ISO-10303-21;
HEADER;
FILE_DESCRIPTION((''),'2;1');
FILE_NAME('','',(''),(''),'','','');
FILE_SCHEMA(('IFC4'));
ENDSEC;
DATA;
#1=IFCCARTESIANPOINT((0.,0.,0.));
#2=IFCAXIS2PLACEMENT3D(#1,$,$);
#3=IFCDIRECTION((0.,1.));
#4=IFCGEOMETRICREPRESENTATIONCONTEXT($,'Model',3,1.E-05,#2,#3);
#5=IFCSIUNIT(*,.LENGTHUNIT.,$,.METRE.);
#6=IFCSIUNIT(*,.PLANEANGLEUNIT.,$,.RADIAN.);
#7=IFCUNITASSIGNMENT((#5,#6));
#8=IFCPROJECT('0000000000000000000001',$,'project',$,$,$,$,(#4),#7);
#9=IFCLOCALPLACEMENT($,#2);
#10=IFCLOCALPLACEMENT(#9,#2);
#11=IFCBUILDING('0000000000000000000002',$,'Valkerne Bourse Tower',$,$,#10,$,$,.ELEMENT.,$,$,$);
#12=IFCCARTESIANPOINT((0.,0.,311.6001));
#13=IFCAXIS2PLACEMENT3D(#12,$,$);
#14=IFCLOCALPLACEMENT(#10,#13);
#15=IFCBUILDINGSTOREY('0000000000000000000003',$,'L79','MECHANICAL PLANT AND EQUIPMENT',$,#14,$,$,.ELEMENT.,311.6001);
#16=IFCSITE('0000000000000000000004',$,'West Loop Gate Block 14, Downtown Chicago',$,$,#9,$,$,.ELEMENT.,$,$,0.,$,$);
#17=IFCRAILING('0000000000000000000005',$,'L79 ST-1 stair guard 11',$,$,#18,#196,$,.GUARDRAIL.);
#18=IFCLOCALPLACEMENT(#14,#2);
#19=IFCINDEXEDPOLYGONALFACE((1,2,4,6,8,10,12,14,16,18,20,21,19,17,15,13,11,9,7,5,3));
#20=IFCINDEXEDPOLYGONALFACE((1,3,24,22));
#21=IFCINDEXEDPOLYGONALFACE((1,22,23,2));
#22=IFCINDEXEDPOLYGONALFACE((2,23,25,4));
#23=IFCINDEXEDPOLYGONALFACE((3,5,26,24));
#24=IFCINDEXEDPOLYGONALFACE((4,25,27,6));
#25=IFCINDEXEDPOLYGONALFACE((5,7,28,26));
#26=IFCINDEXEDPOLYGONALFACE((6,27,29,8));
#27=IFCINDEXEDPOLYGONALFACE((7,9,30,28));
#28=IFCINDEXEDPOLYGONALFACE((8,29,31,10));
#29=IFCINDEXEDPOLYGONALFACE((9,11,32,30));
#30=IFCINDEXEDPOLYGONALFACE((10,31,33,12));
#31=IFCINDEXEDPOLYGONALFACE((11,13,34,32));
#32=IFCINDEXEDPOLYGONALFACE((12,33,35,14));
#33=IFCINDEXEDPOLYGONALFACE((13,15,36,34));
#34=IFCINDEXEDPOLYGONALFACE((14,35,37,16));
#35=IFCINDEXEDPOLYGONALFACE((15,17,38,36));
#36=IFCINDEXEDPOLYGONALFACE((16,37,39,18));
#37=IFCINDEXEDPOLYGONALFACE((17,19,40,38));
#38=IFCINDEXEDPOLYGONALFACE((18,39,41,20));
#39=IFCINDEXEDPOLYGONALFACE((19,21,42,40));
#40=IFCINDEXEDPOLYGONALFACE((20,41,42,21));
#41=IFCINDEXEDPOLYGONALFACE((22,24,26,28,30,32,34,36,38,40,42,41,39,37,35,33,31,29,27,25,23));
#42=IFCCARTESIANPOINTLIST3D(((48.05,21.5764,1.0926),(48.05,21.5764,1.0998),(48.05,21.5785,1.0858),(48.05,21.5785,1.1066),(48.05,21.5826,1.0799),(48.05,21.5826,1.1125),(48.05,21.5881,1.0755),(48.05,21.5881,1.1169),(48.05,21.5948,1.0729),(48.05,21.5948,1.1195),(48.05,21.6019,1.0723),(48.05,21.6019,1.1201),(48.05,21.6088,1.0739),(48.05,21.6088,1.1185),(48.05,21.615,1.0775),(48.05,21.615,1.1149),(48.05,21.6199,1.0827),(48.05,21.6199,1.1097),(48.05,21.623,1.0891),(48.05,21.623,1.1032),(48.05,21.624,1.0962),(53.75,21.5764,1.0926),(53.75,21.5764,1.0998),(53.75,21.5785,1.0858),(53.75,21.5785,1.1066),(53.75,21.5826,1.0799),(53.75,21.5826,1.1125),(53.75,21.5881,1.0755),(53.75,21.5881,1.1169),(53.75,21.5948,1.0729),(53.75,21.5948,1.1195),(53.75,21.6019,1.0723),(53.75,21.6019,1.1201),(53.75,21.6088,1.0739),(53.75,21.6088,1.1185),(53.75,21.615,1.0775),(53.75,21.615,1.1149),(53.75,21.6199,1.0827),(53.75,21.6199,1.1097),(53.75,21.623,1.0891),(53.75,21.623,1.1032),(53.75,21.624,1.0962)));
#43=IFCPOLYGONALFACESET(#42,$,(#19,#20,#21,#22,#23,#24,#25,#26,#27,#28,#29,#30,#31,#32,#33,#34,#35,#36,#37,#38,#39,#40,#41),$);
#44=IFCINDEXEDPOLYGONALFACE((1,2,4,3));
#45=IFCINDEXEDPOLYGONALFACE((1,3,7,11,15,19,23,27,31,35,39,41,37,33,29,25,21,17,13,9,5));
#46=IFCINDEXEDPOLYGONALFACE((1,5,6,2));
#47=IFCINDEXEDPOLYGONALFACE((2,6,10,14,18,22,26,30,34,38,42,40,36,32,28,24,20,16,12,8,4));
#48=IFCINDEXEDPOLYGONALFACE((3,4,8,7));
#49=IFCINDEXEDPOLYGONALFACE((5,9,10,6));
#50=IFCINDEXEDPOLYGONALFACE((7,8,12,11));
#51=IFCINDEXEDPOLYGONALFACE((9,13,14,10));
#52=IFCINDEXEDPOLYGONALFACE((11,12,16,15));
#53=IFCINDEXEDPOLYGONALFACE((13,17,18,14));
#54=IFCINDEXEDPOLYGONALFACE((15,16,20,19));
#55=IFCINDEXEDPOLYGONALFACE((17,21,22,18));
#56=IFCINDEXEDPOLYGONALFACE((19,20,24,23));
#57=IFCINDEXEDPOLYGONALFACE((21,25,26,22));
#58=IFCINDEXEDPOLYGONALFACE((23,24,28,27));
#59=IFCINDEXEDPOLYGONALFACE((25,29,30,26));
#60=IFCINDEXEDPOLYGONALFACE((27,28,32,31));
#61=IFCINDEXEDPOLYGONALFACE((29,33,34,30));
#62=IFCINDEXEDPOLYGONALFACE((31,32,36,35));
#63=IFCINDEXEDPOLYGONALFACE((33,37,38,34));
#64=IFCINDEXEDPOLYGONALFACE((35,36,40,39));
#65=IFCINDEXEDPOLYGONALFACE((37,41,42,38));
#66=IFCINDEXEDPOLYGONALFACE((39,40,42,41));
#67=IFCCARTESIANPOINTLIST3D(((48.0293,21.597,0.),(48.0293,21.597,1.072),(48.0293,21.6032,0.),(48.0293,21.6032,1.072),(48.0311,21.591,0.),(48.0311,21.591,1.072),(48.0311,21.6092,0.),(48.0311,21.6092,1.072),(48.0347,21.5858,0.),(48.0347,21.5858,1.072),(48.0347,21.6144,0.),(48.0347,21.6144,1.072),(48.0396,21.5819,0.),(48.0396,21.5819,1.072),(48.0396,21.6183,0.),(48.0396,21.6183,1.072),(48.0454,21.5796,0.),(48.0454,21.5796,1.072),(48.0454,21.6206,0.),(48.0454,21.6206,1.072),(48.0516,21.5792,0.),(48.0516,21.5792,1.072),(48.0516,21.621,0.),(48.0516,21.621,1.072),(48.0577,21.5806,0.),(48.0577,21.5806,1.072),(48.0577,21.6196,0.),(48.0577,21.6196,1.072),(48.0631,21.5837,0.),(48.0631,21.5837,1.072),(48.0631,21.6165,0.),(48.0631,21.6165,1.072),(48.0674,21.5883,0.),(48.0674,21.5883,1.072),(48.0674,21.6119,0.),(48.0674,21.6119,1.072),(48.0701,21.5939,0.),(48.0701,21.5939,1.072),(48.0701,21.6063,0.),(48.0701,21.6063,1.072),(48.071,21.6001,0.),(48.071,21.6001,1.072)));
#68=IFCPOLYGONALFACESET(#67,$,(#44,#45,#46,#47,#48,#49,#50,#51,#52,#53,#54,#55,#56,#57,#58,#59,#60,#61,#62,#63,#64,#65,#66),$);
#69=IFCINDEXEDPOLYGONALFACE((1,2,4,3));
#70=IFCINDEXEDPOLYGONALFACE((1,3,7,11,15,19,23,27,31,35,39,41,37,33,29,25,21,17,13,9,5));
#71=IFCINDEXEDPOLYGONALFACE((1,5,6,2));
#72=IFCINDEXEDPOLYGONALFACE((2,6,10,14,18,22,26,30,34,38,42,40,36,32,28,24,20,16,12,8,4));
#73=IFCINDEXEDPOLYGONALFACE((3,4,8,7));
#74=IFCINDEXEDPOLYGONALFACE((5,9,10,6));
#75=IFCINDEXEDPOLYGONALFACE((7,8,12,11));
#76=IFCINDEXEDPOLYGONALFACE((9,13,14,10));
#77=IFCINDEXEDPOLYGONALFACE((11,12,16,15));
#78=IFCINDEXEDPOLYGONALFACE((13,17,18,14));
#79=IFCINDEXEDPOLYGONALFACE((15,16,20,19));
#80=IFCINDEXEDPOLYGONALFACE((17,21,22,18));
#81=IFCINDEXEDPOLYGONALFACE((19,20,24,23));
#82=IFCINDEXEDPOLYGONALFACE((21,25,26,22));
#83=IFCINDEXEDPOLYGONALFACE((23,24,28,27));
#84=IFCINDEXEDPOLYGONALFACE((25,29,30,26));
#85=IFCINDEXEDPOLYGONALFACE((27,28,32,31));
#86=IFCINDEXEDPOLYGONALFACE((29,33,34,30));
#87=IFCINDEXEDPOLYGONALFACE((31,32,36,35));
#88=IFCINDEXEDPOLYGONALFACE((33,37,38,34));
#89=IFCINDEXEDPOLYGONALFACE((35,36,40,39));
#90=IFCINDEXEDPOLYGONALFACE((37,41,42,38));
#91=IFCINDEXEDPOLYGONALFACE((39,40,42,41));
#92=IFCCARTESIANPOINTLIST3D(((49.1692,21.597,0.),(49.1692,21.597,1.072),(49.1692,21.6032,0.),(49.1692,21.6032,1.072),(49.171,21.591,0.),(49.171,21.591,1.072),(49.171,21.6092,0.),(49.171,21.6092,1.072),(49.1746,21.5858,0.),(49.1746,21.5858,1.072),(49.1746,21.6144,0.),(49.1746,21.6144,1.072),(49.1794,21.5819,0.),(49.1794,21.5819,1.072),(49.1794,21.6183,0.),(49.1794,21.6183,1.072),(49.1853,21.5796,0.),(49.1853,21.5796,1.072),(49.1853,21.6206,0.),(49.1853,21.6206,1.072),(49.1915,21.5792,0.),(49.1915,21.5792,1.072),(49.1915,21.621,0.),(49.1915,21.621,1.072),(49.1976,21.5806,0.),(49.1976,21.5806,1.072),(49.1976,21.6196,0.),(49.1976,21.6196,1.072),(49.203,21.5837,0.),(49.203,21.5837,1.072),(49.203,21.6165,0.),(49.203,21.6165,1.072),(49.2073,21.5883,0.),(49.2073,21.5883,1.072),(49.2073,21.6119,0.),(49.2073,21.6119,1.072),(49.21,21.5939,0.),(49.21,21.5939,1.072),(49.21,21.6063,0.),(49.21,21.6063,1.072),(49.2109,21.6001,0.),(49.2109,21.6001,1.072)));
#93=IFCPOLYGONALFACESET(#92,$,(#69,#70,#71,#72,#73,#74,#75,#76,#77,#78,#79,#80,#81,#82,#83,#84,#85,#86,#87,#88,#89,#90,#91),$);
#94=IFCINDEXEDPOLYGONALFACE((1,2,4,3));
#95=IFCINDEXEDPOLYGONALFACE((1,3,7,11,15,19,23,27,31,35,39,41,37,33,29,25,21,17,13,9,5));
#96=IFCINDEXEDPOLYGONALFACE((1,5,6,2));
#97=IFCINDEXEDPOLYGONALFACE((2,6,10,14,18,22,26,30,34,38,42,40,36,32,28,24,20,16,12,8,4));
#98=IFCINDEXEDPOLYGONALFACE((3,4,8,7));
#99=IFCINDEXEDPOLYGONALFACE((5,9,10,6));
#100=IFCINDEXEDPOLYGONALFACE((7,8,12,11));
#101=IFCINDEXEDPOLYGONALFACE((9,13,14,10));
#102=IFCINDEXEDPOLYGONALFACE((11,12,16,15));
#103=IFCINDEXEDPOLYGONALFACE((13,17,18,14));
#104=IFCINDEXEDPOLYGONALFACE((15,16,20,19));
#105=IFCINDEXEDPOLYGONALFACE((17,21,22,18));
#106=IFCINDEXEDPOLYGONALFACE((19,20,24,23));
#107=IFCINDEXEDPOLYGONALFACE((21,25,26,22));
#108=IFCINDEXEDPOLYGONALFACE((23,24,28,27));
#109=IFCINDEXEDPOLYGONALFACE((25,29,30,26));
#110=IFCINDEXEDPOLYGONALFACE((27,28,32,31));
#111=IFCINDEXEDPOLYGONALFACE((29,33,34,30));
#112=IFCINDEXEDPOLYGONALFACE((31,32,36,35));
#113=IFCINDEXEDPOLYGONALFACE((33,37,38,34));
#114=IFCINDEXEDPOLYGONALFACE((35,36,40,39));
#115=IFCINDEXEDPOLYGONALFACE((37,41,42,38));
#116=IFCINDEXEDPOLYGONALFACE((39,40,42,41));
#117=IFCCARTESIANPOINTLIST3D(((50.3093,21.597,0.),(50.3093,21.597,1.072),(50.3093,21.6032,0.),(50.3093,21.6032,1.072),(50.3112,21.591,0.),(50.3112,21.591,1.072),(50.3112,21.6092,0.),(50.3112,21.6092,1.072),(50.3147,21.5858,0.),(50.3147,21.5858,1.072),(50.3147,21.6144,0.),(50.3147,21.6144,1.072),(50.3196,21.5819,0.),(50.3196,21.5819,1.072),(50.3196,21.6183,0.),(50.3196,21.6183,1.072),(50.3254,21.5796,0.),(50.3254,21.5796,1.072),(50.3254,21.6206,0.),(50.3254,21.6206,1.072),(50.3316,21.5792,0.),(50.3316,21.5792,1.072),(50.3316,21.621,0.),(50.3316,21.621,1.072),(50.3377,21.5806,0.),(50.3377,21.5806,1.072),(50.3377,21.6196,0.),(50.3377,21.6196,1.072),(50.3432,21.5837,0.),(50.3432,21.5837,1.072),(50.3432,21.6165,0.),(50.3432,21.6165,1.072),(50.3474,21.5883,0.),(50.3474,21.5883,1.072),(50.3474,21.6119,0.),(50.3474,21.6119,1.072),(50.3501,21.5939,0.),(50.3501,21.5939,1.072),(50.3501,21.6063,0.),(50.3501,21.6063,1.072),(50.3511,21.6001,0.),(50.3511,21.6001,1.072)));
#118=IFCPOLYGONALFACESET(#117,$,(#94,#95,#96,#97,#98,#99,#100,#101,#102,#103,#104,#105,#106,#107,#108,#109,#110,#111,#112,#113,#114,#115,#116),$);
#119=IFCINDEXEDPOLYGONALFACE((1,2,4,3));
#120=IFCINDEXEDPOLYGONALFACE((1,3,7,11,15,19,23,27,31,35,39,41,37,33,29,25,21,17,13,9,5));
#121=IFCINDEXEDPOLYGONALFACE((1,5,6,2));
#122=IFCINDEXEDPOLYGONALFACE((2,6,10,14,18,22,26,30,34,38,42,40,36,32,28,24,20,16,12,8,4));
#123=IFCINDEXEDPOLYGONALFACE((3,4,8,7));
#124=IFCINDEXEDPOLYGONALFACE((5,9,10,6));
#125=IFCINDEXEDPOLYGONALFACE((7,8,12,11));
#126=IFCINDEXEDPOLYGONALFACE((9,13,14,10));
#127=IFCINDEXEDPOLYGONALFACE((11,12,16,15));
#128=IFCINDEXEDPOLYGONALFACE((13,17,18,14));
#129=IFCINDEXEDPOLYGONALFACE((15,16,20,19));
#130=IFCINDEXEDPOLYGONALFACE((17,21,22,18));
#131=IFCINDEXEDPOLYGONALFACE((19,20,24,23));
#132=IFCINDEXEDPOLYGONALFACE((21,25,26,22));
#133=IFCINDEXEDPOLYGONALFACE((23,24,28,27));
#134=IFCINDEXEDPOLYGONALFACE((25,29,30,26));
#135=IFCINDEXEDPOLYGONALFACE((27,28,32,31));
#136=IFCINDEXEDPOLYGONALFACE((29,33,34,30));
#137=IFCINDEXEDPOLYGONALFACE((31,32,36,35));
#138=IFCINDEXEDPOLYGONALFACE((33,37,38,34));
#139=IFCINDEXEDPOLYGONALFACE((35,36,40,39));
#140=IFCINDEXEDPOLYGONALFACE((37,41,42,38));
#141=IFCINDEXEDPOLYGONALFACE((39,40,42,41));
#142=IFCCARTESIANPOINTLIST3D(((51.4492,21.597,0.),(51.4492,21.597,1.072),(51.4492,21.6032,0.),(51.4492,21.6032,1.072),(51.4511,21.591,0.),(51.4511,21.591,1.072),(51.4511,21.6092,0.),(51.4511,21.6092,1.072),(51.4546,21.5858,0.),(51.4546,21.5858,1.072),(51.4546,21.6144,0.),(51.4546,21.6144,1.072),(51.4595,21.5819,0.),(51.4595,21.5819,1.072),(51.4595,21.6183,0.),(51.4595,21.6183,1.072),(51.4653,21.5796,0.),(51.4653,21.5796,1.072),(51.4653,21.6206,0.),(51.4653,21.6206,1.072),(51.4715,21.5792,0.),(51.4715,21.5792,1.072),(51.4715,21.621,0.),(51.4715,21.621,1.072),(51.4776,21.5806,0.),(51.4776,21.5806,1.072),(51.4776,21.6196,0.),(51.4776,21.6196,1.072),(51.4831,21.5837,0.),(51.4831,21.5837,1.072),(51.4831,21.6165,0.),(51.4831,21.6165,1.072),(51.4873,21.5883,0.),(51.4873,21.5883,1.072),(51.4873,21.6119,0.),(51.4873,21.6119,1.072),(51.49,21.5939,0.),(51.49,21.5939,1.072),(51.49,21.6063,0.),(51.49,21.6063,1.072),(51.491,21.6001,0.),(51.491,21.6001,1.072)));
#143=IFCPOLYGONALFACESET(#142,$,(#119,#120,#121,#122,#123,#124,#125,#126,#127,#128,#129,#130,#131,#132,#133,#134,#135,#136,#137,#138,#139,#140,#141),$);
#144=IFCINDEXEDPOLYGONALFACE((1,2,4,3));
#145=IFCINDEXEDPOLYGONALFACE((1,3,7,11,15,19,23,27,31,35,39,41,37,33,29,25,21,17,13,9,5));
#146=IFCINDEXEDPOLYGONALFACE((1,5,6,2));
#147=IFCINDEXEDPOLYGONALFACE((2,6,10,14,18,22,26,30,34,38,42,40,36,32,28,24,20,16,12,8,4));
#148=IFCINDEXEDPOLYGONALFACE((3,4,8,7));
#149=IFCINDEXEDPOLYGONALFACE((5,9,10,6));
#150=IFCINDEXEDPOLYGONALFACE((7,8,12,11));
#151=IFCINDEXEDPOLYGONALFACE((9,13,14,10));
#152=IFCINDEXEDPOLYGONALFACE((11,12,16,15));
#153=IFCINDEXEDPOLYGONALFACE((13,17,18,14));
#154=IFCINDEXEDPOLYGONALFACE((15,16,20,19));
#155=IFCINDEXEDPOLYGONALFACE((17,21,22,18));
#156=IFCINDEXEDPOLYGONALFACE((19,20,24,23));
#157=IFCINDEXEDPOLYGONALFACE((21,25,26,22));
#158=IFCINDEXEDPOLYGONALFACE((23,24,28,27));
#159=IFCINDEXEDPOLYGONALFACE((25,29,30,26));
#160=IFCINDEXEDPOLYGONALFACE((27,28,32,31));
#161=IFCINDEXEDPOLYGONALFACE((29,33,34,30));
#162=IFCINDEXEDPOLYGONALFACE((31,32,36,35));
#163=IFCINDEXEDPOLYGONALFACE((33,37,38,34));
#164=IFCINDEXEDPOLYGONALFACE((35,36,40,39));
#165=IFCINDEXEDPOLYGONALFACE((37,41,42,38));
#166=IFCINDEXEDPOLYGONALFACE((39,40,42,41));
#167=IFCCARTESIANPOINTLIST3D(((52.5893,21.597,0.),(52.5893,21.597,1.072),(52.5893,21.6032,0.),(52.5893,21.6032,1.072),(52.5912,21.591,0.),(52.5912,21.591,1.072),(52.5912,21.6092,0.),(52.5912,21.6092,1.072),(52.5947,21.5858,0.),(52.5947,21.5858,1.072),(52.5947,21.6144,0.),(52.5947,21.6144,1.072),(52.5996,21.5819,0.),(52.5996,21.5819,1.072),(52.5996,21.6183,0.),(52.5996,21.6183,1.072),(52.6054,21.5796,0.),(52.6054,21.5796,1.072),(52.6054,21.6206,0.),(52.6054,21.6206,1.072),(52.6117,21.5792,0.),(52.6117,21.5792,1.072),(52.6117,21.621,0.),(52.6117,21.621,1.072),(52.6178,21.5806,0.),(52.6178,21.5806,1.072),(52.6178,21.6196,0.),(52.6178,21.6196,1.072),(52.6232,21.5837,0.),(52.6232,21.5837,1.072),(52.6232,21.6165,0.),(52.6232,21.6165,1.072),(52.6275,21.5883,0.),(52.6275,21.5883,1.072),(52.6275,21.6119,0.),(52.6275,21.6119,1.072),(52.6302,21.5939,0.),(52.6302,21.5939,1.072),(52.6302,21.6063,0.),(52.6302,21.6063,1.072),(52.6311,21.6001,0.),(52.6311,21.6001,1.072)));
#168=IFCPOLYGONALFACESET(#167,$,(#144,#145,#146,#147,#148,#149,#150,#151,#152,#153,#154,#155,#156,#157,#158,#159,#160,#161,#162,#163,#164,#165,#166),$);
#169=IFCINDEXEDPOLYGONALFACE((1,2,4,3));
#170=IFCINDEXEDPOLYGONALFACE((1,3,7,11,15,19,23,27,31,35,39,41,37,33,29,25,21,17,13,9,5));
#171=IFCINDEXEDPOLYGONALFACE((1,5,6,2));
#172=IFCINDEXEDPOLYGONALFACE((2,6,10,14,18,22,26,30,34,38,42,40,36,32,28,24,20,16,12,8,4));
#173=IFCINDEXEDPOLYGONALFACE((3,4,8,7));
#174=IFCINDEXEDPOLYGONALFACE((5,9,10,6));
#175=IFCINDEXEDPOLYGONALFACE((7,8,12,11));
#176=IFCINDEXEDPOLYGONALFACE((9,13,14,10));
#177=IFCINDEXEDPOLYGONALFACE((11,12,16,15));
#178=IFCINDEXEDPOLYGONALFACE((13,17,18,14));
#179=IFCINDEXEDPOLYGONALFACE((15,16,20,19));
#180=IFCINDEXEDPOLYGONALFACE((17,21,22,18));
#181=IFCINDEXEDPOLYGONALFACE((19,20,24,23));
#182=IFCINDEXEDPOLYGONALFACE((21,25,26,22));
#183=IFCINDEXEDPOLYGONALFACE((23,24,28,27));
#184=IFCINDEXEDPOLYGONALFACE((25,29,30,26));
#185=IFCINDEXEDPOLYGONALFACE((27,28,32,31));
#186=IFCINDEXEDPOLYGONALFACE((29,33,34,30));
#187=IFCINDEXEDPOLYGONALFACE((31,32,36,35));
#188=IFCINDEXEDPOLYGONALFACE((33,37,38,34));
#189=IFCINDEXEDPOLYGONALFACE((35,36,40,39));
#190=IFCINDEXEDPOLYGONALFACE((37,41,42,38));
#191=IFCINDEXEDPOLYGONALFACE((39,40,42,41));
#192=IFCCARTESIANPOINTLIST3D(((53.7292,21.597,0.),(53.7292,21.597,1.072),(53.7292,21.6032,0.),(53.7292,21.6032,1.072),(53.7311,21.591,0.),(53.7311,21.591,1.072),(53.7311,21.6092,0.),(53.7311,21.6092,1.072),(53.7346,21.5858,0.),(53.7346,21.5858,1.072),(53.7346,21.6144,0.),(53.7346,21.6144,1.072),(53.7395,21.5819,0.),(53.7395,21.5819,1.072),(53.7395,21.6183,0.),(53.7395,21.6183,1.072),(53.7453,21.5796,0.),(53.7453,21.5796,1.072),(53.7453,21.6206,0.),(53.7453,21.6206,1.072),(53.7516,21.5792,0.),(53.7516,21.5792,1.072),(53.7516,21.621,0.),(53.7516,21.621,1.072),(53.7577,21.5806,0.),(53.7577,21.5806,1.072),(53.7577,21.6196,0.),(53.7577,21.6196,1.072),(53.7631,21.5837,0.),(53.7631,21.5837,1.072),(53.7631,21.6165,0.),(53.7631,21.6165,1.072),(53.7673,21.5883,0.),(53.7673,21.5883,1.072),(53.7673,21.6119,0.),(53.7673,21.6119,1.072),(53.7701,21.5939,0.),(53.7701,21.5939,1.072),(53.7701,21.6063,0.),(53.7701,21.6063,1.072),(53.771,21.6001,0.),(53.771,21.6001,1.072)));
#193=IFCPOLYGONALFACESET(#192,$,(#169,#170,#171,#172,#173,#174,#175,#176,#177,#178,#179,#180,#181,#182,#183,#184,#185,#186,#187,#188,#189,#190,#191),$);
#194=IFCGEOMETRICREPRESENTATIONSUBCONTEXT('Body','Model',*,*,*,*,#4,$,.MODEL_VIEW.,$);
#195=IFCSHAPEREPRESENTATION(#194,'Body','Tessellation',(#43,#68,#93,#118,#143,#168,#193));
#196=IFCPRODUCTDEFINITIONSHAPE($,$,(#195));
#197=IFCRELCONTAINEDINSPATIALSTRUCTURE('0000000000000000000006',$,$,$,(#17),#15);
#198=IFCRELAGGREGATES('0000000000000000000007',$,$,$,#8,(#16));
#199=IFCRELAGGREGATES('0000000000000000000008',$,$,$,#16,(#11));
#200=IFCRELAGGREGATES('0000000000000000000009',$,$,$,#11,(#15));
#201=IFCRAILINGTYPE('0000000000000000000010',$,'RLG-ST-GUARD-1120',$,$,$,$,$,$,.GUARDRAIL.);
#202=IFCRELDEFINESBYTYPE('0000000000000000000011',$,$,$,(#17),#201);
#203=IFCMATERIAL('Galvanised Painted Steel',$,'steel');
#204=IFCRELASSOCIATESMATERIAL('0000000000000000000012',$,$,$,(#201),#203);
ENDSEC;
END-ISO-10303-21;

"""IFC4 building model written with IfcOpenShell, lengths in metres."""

from ifc_helpers import new_model, si_unit, direction, frame, origin, origin_2d, place, context, subcontext, project, spatial, circle, extrude, material, type_object, element, save


model = new_model("IFC4")

# Units and contexts
model_context = context("Model", 3, precision=1e-05, world=origin(), true_north=direction((0.0, 1.0)))
body_context = subcontext(model_context, "Body", "Model", "MODEL_VIEW")
ifc_project = project(units=[si_unit("LENGTHUNIT", "METRE"), si_unit("PLANEANGLEUNIT", "RADIAN")], contexts=[model_context])

# Site, building, storey
site_placement = place(None, origin())
site = spatial("IfcSite", under=ifc_project, at=site_placement, Name="West Loop Gate Block 14, Downtown Chicago", CompositionType="ELEMENT", RefElevation=0.0)
building_placement = place(site_placement, origin())
building = spatial("IfcBuilding", under=site, at=building_placement, Name="Valkerne Bourse Tower", CompositionType="ELEMENT")
storey_placement = place(building_placement, frame((0.0, 0.0, 311.6001)))
storey = spatial("IfcBuildingStorey", under=building, at=storey_placement, Name="L79", Description="MECHANICAL PLANT AND EQUIPMENT", CompositionType="ELEMENT", Elevation=311.6001)

# Shared definitions
ifc_material_1 = material(Name="Galvanised Painted Steel", Category="steel")

# Railing
railing_type_1 = type_object("IfcRailingType", Name="RLG-ST-GUARD-1120", PredefinedType="GUARDRAIL", material=ifc_material_1)
for number, where, name in (
    (1, (48.05, 21.6001, 0.0), "L79 ST-1 stair guard 11"),
):
    element("IfcRailing", number, at=place(storey_placement, frame(where)), inside=storey, type_object=railing_type_1, Name=name, PredefinedType="GUARDRAIL", context=body_context, shape_type="SweptSolid", body=[
        extrude(circle(Radius=0.0239, at=origin_2d()), frame((0.0, 0.0, 1.0962), z_axis=(1.0, 0.0, 0.0), x_axis=(0.0, 1.0, 0.0)), (0.0, 0.0, 1.0), 5.7),
        extrude(circle(Radius=0.021, at=origin_2d()), origin(), (0.0, 0.0, 1.0), 1.072),
        extrude(circle(Radius=0.021, at=origin_2d()), frame((1.1399, 0.0, 0.0)), (0.0, 0.0, 1.0), 1.072),
        extrude(circle(Radius=0.021, at=origin_2d()), frame((2.28, 0.0, 0.0)), (0.0, 0.0, 1.0), 1.072),
        extrude(circle(Radius=0.021, at=origin_2d()), frame((3.4199, 0.0, 0.0)), (0.0, 0.0, 1.0), 1.072),
        extrude(circle(Radius=0.021, at=origin_2d()), frame((4.5601, 0.0, 0.0)), (0.0, 0.0, 1.0), 1.072),
        extrude(circle(Radius=0.021, at=origin_2d()), frame((5.7, 0.0, 0.0)), (0.0, 0.0, 1.0), 1.072),
    ])

save(model, "model.ifc")
